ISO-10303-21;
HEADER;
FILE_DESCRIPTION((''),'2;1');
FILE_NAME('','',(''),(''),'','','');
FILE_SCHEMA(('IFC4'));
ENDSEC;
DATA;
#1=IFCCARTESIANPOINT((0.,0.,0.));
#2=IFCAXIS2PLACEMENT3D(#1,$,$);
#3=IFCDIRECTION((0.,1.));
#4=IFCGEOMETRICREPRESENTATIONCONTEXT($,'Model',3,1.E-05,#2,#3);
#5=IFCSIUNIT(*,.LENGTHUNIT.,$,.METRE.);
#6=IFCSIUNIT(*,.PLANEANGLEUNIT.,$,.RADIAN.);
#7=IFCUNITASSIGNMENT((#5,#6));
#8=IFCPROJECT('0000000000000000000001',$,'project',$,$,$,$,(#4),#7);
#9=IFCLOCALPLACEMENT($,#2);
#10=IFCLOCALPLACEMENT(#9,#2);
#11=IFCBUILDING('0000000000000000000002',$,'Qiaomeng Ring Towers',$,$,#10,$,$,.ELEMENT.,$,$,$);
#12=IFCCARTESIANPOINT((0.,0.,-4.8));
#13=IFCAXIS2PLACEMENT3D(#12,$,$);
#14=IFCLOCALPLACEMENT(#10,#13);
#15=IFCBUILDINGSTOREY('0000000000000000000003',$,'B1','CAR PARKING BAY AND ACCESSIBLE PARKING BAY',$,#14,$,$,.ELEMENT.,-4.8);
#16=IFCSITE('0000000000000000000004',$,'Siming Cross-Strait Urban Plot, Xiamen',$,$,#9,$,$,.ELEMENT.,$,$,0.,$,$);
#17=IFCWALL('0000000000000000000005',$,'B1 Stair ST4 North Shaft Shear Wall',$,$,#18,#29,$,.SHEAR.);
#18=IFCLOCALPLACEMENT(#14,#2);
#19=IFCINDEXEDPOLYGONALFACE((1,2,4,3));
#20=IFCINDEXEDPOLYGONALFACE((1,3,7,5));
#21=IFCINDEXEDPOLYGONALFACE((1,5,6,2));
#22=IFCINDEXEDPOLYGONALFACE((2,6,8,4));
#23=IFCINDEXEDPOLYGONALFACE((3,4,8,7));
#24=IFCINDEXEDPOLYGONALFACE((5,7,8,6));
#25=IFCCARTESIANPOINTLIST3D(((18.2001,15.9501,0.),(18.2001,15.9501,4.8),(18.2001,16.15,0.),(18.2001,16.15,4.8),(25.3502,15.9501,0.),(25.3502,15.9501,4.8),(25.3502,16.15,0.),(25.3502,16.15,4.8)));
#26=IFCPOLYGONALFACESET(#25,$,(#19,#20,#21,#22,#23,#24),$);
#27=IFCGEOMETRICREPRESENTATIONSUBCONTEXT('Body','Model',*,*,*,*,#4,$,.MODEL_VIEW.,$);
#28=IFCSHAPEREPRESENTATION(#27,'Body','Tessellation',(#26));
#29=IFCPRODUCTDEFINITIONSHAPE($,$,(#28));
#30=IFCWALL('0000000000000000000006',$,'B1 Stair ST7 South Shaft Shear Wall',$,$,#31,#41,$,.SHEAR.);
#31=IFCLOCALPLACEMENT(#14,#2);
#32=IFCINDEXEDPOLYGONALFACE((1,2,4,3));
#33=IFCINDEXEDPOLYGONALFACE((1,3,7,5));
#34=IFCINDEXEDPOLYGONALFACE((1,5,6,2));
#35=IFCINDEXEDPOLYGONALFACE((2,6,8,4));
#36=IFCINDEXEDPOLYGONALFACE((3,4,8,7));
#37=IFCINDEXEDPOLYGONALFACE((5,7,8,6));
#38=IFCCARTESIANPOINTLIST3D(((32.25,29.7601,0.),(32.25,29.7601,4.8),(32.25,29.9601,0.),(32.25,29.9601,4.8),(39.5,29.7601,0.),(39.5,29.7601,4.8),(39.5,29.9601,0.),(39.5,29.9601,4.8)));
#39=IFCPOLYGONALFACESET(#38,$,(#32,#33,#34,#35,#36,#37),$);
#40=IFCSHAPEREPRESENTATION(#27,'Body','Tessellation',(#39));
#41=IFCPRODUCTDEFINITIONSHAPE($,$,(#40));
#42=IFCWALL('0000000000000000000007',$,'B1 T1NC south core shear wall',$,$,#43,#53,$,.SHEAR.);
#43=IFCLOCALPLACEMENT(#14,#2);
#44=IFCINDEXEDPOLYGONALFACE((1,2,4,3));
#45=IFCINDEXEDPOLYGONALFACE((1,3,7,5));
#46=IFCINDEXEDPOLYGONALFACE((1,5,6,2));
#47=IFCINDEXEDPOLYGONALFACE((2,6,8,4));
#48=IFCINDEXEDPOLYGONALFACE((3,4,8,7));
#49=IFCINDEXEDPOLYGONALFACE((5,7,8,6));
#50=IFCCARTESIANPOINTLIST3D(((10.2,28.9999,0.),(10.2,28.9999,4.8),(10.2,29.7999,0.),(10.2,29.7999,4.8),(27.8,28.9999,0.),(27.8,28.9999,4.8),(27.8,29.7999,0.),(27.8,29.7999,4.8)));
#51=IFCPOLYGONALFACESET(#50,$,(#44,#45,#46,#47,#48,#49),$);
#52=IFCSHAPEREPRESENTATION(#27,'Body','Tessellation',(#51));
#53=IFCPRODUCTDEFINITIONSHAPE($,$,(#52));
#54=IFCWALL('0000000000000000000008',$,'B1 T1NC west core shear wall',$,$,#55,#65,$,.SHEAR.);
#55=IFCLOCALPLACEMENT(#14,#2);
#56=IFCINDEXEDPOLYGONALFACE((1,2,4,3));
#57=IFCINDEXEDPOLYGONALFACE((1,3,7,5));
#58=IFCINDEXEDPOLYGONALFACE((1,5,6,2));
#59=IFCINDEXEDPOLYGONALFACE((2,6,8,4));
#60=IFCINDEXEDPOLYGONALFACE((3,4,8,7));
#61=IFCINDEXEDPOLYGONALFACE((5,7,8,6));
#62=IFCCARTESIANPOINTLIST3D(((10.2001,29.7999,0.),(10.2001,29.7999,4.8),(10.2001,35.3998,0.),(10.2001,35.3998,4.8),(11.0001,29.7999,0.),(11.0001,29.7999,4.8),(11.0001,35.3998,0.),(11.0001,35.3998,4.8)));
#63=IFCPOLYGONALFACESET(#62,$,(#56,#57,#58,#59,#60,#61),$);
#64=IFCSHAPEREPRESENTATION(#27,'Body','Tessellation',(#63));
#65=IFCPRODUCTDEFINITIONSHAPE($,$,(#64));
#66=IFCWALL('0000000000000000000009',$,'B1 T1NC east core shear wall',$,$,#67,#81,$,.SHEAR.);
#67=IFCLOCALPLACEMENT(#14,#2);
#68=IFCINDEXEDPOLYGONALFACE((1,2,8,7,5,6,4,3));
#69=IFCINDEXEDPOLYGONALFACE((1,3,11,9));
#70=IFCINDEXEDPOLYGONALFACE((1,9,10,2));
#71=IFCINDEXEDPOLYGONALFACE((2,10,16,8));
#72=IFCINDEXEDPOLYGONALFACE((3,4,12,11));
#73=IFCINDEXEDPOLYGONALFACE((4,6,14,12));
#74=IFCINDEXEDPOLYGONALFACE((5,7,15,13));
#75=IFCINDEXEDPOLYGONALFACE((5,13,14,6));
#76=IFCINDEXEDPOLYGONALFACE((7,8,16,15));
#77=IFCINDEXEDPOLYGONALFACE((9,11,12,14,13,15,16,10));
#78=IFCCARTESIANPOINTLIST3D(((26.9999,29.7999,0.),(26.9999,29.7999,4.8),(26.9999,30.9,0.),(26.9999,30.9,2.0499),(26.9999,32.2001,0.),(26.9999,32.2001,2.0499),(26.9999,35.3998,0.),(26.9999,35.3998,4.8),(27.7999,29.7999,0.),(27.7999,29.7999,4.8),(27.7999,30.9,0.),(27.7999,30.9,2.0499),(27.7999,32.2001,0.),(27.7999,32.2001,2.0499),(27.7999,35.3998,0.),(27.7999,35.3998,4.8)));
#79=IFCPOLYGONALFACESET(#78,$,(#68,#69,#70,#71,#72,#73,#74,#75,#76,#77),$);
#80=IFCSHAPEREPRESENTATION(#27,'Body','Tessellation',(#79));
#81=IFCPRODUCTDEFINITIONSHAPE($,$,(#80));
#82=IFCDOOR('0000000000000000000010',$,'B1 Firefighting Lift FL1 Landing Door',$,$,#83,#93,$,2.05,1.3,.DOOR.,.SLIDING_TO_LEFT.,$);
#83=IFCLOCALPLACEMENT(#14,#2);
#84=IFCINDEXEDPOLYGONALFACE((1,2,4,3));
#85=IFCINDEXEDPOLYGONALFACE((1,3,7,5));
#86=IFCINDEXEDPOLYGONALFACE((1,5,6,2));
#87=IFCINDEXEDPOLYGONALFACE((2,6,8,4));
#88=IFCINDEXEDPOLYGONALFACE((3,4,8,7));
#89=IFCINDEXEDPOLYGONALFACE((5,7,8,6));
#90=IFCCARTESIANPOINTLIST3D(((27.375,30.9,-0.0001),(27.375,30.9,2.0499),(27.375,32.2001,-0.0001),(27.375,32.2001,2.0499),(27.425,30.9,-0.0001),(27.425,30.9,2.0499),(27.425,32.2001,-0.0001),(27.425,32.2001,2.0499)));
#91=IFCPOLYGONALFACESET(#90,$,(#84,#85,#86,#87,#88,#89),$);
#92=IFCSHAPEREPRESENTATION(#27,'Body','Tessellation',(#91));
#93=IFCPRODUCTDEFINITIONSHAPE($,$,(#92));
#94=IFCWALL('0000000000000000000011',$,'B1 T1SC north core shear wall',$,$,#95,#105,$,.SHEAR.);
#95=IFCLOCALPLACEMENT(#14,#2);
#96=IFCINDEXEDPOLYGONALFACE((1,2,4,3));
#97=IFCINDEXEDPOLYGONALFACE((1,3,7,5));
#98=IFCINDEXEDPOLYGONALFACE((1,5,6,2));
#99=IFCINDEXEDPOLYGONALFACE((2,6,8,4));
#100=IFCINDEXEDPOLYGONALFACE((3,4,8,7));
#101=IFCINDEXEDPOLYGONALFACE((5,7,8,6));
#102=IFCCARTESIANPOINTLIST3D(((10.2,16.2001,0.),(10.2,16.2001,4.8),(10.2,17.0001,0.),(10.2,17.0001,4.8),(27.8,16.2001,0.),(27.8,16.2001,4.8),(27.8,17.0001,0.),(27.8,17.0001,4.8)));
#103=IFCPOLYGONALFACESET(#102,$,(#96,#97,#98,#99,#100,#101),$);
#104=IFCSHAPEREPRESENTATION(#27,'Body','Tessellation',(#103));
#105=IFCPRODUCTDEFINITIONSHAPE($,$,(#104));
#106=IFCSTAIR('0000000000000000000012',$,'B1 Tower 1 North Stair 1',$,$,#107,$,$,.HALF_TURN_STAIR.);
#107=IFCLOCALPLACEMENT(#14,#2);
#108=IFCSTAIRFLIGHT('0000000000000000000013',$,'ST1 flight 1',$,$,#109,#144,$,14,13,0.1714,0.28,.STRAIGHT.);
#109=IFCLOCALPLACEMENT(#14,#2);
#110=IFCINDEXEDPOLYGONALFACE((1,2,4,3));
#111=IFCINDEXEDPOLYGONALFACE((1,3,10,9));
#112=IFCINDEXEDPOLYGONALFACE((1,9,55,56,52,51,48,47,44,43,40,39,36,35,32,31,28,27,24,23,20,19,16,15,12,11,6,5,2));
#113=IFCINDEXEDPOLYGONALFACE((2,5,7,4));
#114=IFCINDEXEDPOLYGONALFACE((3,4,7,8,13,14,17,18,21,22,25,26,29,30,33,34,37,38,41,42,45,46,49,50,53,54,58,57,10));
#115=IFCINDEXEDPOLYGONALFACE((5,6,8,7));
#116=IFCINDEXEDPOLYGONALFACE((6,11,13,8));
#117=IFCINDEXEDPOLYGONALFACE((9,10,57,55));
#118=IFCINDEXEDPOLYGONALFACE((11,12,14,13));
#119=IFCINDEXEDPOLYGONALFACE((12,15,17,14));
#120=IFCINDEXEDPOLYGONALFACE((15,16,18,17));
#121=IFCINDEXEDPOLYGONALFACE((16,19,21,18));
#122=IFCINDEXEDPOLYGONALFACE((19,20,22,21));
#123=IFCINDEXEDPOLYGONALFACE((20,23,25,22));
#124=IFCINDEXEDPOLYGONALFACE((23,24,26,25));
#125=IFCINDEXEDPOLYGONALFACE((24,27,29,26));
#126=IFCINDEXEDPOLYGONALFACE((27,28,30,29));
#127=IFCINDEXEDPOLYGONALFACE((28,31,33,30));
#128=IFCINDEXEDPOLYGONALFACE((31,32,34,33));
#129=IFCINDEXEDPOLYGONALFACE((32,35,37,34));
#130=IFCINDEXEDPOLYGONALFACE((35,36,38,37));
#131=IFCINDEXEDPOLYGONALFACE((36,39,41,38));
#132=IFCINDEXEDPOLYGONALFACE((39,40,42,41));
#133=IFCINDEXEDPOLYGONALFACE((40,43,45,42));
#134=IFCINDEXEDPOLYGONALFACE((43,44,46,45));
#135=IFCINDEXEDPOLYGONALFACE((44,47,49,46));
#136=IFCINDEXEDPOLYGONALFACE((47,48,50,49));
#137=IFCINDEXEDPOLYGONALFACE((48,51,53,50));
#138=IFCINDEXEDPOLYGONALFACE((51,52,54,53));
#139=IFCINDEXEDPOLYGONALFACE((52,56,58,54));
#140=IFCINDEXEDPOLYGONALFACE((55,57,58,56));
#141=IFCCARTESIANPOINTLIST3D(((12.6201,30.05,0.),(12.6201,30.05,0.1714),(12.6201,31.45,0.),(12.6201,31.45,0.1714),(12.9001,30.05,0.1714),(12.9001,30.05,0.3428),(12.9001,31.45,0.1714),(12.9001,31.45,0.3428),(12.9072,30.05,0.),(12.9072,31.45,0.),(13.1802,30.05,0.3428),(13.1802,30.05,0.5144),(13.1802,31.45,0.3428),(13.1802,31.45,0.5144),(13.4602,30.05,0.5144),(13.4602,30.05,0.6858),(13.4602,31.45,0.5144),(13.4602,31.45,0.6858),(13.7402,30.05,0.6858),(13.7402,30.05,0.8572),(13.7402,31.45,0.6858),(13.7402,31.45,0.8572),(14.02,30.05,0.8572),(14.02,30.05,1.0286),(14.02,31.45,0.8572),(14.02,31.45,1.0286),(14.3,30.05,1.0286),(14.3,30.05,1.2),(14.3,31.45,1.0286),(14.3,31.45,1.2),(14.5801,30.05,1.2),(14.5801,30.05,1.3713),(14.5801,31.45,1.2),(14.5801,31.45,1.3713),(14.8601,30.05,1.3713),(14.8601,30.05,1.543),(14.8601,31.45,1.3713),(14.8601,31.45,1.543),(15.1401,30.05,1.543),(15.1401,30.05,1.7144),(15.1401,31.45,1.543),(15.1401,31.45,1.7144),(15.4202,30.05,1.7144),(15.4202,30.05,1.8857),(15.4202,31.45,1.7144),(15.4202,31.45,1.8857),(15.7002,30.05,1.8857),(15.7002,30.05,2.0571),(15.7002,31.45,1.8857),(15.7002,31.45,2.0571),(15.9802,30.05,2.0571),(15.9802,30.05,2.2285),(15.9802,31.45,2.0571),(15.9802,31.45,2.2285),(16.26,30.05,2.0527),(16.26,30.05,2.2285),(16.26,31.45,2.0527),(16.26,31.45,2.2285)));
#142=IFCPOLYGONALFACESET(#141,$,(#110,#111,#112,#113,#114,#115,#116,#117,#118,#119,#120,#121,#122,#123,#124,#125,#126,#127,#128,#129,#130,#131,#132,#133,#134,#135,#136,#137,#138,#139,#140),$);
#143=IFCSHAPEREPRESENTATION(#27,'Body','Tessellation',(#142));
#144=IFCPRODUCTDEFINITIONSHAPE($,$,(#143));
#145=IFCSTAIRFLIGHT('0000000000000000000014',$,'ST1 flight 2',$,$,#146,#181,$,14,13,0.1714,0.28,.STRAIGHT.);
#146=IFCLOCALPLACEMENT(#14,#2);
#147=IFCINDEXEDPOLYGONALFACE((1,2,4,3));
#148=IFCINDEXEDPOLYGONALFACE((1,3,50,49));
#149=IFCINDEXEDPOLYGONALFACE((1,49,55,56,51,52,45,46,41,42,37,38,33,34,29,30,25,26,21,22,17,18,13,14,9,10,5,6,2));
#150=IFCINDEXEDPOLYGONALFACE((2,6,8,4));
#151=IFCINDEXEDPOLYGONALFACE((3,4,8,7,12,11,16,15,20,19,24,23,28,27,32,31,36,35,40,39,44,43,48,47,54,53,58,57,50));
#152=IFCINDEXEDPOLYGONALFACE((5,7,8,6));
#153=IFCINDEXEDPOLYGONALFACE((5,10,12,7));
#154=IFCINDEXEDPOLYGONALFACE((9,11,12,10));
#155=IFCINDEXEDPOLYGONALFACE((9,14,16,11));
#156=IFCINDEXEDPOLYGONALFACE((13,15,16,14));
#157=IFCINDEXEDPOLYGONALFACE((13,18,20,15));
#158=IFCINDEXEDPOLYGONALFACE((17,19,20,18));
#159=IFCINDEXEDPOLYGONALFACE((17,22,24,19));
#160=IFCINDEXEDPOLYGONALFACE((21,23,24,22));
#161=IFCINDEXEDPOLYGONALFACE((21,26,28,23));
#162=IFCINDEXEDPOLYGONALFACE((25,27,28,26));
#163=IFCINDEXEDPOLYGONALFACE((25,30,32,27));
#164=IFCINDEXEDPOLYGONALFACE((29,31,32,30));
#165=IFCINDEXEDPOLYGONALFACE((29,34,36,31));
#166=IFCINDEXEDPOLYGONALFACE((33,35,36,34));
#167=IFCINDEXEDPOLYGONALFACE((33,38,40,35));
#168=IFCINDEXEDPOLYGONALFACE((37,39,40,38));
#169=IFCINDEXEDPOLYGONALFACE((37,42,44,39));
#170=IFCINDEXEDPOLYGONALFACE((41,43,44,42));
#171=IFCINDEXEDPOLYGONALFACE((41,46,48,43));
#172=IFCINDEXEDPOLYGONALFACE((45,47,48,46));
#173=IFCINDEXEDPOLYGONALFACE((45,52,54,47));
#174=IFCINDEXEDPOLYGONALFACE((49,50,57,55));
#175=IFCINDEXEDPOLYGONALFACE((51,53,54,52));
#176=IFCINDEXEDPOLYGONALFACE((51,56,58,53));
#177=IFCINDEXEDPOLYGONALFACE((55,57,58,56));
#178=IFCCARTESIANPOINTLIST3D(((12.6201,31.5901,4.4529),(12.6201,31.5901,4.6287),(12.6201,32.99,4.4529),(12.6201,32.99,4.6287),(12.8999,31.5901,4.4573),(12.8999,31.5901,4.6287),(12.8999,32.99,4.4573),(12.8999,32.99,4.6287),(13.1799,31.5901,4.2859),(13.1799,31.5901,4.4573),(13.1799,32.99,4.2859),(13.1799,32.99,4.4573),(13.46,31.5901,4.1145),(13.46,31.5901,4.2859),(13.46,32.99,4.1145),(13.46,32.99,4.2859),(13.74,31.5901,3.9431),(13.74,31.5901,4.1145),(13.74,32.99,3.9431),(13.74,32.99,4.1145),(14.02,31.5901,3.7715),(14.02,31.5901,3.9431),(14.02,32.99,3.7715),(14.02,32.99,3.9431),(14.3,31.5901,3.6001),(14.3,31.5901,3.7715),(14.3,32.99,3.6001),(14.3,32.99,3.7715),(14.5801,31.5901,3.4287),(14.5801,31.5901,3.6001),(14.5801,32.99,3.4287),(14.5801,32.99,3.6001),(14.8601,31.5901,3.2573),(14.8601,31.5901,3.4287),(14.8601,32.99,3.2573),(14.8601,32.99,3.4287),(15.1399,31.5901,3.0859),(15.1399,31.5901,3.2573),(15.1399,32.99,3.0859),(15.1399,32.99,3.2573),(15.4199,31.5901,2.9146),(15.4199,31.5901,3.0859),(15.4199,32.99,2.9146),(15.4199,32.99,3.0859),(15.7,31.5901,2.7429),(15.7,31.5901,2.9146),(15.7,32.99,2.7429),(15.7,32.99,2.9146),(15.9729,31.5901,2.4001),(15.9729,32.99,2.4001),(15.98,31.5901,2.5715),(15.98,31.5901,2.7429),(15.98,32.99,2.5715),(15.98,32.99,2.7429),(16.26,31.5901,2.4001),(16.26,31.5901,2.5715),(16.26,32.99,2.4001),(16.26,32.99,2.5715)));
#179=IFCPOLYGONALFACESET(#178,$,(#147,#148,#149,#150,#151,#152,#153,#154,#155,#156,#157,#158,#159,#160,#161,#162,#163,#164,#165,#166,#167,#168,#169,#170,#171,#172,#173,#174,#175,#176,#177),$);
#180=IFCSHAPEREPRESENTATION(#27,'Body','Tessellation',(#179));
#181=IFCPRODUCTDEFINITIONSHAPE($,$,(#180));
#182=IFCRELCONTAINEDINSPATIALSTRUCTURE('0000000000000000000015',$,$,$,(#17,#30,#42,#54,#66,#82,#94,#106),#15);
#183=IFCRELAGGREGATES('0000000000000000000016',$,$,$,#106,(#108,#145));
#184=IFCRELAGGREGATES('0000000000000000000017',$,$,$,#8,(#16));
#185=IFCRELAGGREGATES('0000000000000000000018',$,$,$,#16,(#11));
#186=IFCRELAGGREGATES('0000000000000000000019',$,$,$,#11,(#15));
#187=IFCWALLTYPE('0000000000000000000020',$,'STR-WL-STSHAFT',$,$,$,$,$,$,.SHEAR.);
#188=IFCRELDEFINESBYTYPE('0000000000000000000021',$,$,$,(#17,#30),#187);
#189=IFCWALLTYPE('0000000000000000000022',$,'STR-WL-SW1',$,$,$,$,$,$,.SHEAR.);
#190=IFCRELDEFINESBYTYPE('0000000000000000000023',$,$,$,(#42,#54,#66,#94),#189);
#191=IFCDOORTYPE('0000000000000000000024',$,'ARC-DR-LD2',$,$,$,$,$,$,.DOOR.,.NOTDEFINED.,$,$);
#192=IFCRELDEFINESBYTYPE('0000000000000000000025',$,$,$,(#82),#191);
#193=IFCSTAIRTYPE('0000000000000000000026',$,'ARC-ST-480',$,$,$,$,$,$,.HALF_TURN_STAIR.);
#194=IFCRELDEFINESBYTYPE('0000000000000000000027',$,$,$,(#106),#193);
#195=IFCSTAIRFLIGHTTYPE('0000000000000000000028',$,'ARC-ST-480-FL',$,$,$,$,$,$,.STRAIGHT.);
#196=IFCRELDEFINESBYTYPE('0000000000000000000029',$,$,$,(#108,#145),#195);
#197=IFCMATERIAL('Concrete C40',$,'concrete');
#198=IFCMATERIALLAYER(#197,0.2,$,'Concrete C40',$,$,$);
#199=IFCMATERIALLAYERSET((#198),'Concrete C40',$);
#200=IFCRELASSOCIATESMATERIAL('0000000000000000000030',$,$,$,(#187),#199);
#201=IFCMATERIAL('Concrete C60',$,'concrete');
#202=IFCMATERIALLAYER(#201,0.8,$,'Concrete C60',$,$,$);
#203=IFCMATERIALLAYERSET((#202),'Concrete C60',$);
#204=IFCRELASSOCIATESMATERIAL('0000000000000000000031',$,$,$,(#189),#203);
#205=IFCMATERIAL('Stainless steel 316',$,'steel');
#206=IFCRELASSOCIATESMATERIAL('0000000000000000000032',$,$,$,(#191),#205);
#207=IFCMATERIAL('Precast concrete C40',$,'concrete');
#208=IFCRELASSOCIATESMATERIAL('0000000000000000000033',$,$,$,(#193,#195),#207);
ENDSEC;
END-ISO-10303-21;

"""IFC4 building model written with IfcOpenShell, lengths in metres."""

from ifc_helpers import new_model, si_unit, direction, frame, frame_2d, origin, place, context, subcontext, project, spatial, polyline, rectangle, outline, extrude, source, transform, mapped, material, layer, layer_set, type_object, element, fill, aggregate, save


model = new_model("IFC4")

# Units and contexts
model_context = context("Model", 3, precision=1e-05, world=origin(), true_north=direction((0.0, 1.0)))
body_context = subcontext(model_context, "Body", "Model", "MODEL_VIEW")
ifc_project = project(units=[si_unit("LENGTHUNIT", "METRE"), si_unit("PLANEANGLEUNIT", "RADIAN")], contexts=[model_context])

# Site, building, storey
site_placement = place(None, origin())
site = spatial("IfcSite", under=ifc_project, at=site_placement, Name="Siming Cross-Strait Urban Plot, Xiamen", CompositionType="ELEMENT", RefElevation=0.0)
building_placement = place(site_placement, origin())
building = spatial("IfcBuilding", under=site, at=building_placement, Name="Qiaomeng Ring Towers", CompositionType="ELEMENT")
storey_placement = place(building_placement, frame((0.0, 0.0, -4.8)))
storey = spatial("IfcBuildingStorey", under=building, at=storey_placement, Name="B1", Description="CAR PARKING BAY AND ACCESSIBLE PARKING BAY", CompositionType="ELEMENT", Elevation=-4.8)

# Shared definitions
ifc_material_1 = material(Name="Concrete C60", Category="concrete")

# Walls
ifc_material_2 = material(Name="Concrete C40", Category="concrete")
ifc_layer_1 = layer(ifc_material_2, 0.2, Name="Concrete C40")
ifc_layer_set_1 = layer_set([ifc_layer_1], Name="Concrete C40")
wall_type_1 = type_object("IfcWallType", Name="STR-WL-STSHAFT", PredefinedType="SHEAR", material=ifc_layer_set_1)
wall_1_placement = place(storey_placement, frame((18.2, 16.05, 0.0), z_axis=(0.0, 0.0, 1.0), x_axis=(1.0, 0.0, 0.0)))
element("IfcWall", 1, at=wall_1_placement, inside=storey, type_object=wall_type_1, Name="B1 Stair ST4 North Shaft Shear Wall", PredefinedType="SHEAR", context=body_context, shape_type="SweptSolid", body=[
    extrude(rectangle(XDim=7.1501, YDim=0.2, at=frame_2d((3.5752, 0.0))), origin(), (0.0, 0.0, 1.0), 4.8),
])
wall_2_placement = place(storey_placement, frame((32.25, 29.8601, 0.0), z_axis=(0.0, 0.0, 1.0), x_axis=(1.0, 0.0, 0.0)))
element("IfcWall", 2, at=wall_2_placement, inside=storey, type_object=wall_type_1, Name="B1 Stair ST7 South Shaft Shear Wall", PredefinedType="SHEAR", context=body_context, shape_type="SweptSolid", body=[
    extrude(rectangle(XDim=7.25, YDim=0.2, at=frame_2d((3.625, 0.0))), origin(), (0.0, 0.0, 1.0), 4.8),
])
ifc_layer_2 = layer(ifc_material_1, 0.8, Name="Concrete C60")
ifc_layer_set_2 = layer_set([ifc_layer_2], Name="Concrete C60")
wall_type_2 = type_object("IfcWallType", Name="STR-WL-SW1", PredefinedType="SHEAR", material=ifc_layer_set_2)
wall_3_placement = place(storey_placement, frame((10.2, 29.3999, 0.0), z_axis=(0.0, 0.0, 1.0), x_axis=(1.0, 0.0, 0.0)))
element("IfcWall", 3, at=wall_3_placement, inside=storey, type_object=wall_type_2, Name="B1 T1NC south core shear wall", PredefinedType="SHEAR", context=body_context, shape_type="SweptSolid", body=[
    extrude(rectangle(XDim=17.6001, YDim=0.8, at=frame_2d((8.8, 0.0))), origin(), (0.0, 0.0, 1.0), 4.8),
])
wall_4_placement = place(storey_placement, frame((10.6001, 29.8, 0.0), z_axis=(0.0, 0.0, 1.0), x_axis=(0.0, 1.0, 0.0)))
element("IfcWall", 4, at=wall_4_placement, inside=storey, type_object=wall_type_2, Name="B1 T1NC west core shear wall", PredefinedType="SHEAR", context=body_context, shape_type="SweptSolid", body=[
    extrude(rectangle(XDim=5.5999, YDim=0.8, at=frame_2d((2.7998, 0.0))), origin(), (0.0, 0.0, 1.0), 4.8),
])

# Wall, opening, door
wall_5_placement = place(storey_placement, frame((27.3999, 29.8, 0.0), z_axis=(0.0, 0.0, 1.0), x_axis=(0.0, 1.0, 0.0)))
wall_5 = element("IfcWall", 5, at=wall_5_placement, inside=storey, type_object=wall_type_2, Name="B1 T1NC east core shear wall", PredefinedType="SHEAR", context=body_context, shape_type="SweptSolid", body=[
    extrude(rectangle(XDim=5.5999, YDim=0.8, at=frame_2d((2.7998, 0.0))), origin(), (0.0, 0.0, 1.0), 4.8),
])
opening_1_placement = place(wall_5_placement, frame((1.1001, 0.0, 0.0)))
opening_1 = element("IfcOpeningElement", 6, at=opening_1_placement, cuts=wall_5, PredefinedType="OPENING", context=body_context, shape_type="SweptSolid", body=[
    extrude(rectangle(XDim=1.3, YDim=2.05, at=frame_2d((0.6499, 1.0249))), frame((0.0, 0.4099, 0.0), z_axis=(0.0, -1.0, 0.0), x_axis=(1.0, 0.0, 0.0)), (0.0, 0.0, 1.0), 0.8201),
])
ifc_material_3 = material(Name="Stainless steel 316", Category="steel")
door_type_1 = type_object("IfcDoorType", Name="ARC-DR-LD2", OperationType="NOTDEFINED", PredefinedType="DOOR", material=ifc_material_3)
shared_shape_1 = source(origin(), body_context, "Body", "SweptSolid", [
    extrude(rectangle(XDim=1.3, YDim=2.05, at=frame_2d((0.6499, 1.0249))), frame((0.0, 0.0249, 0.0), z_axis=(0.0, -1.0, 0.0), x_axis=(1.0, 0.0, 0.0)), (0.0, 0.0, 1.0), 0.05),
])
door_1_placement = place(opening_1_placement, origin())
door_1 = element("IfcDoor", 7, at=door_1_placement, inside=storey, type_object=door_type_1, Name="B1 Firefighting Lift FL1 Landing Door", OperationType="SLIDING_TO_LEFT", OverallHeight=2.05, OverallWidth=1.3, PredefinedType="DOOR", context=body_context, shape_type="MappedRepresentation", body=[
    mapped(shared_shape_1, transform((0.0, 0.0, 0.0), x_axis=(1.0, 0.0, 0.0), y_axis=(0.0, 1.0, 0.0), z_axis=(0.0, 0.0, 1.0), scale=1.0)),
])
fill(opening_1, door_1)

# Wall
wall_6_placement = place(storey_placement, frame((10.2, 16.6001, 0.0), z_axis=(0.0, 0.0, 1.0), x_axis=(1.0, 0.0, 0.0)))
element("IfcWall", 8, at=wall_6_placement, inside=storey, type_object=wall_type_2, Name="B1 T1SC north core shear wall", PredefinedType="SHEAR", context=body_context, shape_type="SweptSolid", body=[
    extrude(rectangle(XDim=17.6001, YDim=0.8, at=frame_2d((8.8, 0.0))), origin(), (0.0, 0.0, 1.0), 4.8),
])

# Stair, stair flights
ifc_material_4 = material(Name="Precast concrete C40", Category="concrete")
stair_type = type_object("IfcStairType", Name="ARC-ST-480", PredefinedType="HALF_TURN_STAIR", material=ifc_material_4)
stair_1_placement = place(storey_placement, origin())
stair_1 = element("IfcStair", 9, at=stair_1_placement, inside=storey, type_object=stair_type, Name="B1 Tower 1 North Stair 1", PredefinedType="HALF_TURN_STAIR")
stair_flight_type = type_object("IfcStairFlightType", Name="ARC-ST-480-FL", PredefinedType="STRAIGHT", material=ifc_material_4)
shared_shape_2 = source(origin(), body_context, "Body", "SweptSolid", [
    extrude(outline(polyline([(0.0, 0.0), (0.0, 0.1714), (0.28, 0.1714), (0.28, 0.3428), (0.5601, 0.3428), (0.5601, 0.5144), (0.8401, 0.5144), (0.8401, 0.6858), (1.1201, 0.6858), (1.1201, 0.8572), (1.3999, 0.8572), (1.3999, 1.0286), (1.6799, 1.0286), (1.6799, 1.2), (1.96, 1.2), (1.96, 1.3713), (2.24, 1.3713), (2.24, 1.543), (2.52, 1.543), (2.52, 1.7144), (2.8, 1.7144), (2.8, 1.8857), (3.0801, 1.8857), (3.0801, 2.0571), (3.3601, 2.0571), (3.3601, 2.2285), (3.6399, 2.2285), (3.6399, 2.3999), (3.6399, 2.0527), (0.2871, 0.0), (0.0, 0.0)])), frame((0.0, 0.7, 0.0), z_axis=(0.0, -1.0, 0.0), x_axis=(1.0, 0.0, 0.0)), (0.0, 0.0, 1.0), 1.3999),
])
stair_flight_1_placement = place(storey_placement, frame((12.6201, 30.75, 0.0), z_axis=(0.0, 0.0, 1.0), x_axis=(1.0, 0.0, 0.0)))
stair_flight_1 = element("IfcStairFlight", 10, at=stair_flight_1_placement, type_object=stair_flight_type, Name="ST1 flight 1", NumberOfRisers=14, NumberOfTreads=13, PredefinedType="STRAIGHT", RiserHeight=0.1714, TreadLength=0.28, context=body_context, shape_type="MappedRepresentation", body=[
    mapped(shared_shape_2, transform((0.0, 0.0, 0.0), x_axis=(1.0, 0.0, 0.0), y_axis=(0.0, 1.0, 0.0), z_axis=(0.0, 0.0, 1.0), scale=1.0)),
])
stair_flight_2_placement = place(storey_placement, frame((16.26, 32.29, 2.4001), z_axis=(0.0, 0.0, 1.0), x_axis=(-1.0, 0.0, 0.0)))
stair_flight_2 = element("IfcStairFlight", 11, at=stair_flight_2_placement, type_object=stair_flight_type, Name="ST1 flight 2", NumberOfRisers=14, NumberOfTreads=13, PredefinedType="STRAIGHT", RiserHeight=0.1714, TreadLength=0.28, context=body_context, shape_type="MappedRepresentation", body=[
    mapped(shared_shape_2, transform((0.0, 0.0, 0.0), x_axis=(1.0, 0.0, 0.0), y_axis=(0.0, 1.0, 0.0), z_axis=(0.0, 0.0, 1.0), scale=1.0)),
])
aggregate(stair_1, [stair_flight_1, stair_flight_2])

save(model, "model.ifc")
